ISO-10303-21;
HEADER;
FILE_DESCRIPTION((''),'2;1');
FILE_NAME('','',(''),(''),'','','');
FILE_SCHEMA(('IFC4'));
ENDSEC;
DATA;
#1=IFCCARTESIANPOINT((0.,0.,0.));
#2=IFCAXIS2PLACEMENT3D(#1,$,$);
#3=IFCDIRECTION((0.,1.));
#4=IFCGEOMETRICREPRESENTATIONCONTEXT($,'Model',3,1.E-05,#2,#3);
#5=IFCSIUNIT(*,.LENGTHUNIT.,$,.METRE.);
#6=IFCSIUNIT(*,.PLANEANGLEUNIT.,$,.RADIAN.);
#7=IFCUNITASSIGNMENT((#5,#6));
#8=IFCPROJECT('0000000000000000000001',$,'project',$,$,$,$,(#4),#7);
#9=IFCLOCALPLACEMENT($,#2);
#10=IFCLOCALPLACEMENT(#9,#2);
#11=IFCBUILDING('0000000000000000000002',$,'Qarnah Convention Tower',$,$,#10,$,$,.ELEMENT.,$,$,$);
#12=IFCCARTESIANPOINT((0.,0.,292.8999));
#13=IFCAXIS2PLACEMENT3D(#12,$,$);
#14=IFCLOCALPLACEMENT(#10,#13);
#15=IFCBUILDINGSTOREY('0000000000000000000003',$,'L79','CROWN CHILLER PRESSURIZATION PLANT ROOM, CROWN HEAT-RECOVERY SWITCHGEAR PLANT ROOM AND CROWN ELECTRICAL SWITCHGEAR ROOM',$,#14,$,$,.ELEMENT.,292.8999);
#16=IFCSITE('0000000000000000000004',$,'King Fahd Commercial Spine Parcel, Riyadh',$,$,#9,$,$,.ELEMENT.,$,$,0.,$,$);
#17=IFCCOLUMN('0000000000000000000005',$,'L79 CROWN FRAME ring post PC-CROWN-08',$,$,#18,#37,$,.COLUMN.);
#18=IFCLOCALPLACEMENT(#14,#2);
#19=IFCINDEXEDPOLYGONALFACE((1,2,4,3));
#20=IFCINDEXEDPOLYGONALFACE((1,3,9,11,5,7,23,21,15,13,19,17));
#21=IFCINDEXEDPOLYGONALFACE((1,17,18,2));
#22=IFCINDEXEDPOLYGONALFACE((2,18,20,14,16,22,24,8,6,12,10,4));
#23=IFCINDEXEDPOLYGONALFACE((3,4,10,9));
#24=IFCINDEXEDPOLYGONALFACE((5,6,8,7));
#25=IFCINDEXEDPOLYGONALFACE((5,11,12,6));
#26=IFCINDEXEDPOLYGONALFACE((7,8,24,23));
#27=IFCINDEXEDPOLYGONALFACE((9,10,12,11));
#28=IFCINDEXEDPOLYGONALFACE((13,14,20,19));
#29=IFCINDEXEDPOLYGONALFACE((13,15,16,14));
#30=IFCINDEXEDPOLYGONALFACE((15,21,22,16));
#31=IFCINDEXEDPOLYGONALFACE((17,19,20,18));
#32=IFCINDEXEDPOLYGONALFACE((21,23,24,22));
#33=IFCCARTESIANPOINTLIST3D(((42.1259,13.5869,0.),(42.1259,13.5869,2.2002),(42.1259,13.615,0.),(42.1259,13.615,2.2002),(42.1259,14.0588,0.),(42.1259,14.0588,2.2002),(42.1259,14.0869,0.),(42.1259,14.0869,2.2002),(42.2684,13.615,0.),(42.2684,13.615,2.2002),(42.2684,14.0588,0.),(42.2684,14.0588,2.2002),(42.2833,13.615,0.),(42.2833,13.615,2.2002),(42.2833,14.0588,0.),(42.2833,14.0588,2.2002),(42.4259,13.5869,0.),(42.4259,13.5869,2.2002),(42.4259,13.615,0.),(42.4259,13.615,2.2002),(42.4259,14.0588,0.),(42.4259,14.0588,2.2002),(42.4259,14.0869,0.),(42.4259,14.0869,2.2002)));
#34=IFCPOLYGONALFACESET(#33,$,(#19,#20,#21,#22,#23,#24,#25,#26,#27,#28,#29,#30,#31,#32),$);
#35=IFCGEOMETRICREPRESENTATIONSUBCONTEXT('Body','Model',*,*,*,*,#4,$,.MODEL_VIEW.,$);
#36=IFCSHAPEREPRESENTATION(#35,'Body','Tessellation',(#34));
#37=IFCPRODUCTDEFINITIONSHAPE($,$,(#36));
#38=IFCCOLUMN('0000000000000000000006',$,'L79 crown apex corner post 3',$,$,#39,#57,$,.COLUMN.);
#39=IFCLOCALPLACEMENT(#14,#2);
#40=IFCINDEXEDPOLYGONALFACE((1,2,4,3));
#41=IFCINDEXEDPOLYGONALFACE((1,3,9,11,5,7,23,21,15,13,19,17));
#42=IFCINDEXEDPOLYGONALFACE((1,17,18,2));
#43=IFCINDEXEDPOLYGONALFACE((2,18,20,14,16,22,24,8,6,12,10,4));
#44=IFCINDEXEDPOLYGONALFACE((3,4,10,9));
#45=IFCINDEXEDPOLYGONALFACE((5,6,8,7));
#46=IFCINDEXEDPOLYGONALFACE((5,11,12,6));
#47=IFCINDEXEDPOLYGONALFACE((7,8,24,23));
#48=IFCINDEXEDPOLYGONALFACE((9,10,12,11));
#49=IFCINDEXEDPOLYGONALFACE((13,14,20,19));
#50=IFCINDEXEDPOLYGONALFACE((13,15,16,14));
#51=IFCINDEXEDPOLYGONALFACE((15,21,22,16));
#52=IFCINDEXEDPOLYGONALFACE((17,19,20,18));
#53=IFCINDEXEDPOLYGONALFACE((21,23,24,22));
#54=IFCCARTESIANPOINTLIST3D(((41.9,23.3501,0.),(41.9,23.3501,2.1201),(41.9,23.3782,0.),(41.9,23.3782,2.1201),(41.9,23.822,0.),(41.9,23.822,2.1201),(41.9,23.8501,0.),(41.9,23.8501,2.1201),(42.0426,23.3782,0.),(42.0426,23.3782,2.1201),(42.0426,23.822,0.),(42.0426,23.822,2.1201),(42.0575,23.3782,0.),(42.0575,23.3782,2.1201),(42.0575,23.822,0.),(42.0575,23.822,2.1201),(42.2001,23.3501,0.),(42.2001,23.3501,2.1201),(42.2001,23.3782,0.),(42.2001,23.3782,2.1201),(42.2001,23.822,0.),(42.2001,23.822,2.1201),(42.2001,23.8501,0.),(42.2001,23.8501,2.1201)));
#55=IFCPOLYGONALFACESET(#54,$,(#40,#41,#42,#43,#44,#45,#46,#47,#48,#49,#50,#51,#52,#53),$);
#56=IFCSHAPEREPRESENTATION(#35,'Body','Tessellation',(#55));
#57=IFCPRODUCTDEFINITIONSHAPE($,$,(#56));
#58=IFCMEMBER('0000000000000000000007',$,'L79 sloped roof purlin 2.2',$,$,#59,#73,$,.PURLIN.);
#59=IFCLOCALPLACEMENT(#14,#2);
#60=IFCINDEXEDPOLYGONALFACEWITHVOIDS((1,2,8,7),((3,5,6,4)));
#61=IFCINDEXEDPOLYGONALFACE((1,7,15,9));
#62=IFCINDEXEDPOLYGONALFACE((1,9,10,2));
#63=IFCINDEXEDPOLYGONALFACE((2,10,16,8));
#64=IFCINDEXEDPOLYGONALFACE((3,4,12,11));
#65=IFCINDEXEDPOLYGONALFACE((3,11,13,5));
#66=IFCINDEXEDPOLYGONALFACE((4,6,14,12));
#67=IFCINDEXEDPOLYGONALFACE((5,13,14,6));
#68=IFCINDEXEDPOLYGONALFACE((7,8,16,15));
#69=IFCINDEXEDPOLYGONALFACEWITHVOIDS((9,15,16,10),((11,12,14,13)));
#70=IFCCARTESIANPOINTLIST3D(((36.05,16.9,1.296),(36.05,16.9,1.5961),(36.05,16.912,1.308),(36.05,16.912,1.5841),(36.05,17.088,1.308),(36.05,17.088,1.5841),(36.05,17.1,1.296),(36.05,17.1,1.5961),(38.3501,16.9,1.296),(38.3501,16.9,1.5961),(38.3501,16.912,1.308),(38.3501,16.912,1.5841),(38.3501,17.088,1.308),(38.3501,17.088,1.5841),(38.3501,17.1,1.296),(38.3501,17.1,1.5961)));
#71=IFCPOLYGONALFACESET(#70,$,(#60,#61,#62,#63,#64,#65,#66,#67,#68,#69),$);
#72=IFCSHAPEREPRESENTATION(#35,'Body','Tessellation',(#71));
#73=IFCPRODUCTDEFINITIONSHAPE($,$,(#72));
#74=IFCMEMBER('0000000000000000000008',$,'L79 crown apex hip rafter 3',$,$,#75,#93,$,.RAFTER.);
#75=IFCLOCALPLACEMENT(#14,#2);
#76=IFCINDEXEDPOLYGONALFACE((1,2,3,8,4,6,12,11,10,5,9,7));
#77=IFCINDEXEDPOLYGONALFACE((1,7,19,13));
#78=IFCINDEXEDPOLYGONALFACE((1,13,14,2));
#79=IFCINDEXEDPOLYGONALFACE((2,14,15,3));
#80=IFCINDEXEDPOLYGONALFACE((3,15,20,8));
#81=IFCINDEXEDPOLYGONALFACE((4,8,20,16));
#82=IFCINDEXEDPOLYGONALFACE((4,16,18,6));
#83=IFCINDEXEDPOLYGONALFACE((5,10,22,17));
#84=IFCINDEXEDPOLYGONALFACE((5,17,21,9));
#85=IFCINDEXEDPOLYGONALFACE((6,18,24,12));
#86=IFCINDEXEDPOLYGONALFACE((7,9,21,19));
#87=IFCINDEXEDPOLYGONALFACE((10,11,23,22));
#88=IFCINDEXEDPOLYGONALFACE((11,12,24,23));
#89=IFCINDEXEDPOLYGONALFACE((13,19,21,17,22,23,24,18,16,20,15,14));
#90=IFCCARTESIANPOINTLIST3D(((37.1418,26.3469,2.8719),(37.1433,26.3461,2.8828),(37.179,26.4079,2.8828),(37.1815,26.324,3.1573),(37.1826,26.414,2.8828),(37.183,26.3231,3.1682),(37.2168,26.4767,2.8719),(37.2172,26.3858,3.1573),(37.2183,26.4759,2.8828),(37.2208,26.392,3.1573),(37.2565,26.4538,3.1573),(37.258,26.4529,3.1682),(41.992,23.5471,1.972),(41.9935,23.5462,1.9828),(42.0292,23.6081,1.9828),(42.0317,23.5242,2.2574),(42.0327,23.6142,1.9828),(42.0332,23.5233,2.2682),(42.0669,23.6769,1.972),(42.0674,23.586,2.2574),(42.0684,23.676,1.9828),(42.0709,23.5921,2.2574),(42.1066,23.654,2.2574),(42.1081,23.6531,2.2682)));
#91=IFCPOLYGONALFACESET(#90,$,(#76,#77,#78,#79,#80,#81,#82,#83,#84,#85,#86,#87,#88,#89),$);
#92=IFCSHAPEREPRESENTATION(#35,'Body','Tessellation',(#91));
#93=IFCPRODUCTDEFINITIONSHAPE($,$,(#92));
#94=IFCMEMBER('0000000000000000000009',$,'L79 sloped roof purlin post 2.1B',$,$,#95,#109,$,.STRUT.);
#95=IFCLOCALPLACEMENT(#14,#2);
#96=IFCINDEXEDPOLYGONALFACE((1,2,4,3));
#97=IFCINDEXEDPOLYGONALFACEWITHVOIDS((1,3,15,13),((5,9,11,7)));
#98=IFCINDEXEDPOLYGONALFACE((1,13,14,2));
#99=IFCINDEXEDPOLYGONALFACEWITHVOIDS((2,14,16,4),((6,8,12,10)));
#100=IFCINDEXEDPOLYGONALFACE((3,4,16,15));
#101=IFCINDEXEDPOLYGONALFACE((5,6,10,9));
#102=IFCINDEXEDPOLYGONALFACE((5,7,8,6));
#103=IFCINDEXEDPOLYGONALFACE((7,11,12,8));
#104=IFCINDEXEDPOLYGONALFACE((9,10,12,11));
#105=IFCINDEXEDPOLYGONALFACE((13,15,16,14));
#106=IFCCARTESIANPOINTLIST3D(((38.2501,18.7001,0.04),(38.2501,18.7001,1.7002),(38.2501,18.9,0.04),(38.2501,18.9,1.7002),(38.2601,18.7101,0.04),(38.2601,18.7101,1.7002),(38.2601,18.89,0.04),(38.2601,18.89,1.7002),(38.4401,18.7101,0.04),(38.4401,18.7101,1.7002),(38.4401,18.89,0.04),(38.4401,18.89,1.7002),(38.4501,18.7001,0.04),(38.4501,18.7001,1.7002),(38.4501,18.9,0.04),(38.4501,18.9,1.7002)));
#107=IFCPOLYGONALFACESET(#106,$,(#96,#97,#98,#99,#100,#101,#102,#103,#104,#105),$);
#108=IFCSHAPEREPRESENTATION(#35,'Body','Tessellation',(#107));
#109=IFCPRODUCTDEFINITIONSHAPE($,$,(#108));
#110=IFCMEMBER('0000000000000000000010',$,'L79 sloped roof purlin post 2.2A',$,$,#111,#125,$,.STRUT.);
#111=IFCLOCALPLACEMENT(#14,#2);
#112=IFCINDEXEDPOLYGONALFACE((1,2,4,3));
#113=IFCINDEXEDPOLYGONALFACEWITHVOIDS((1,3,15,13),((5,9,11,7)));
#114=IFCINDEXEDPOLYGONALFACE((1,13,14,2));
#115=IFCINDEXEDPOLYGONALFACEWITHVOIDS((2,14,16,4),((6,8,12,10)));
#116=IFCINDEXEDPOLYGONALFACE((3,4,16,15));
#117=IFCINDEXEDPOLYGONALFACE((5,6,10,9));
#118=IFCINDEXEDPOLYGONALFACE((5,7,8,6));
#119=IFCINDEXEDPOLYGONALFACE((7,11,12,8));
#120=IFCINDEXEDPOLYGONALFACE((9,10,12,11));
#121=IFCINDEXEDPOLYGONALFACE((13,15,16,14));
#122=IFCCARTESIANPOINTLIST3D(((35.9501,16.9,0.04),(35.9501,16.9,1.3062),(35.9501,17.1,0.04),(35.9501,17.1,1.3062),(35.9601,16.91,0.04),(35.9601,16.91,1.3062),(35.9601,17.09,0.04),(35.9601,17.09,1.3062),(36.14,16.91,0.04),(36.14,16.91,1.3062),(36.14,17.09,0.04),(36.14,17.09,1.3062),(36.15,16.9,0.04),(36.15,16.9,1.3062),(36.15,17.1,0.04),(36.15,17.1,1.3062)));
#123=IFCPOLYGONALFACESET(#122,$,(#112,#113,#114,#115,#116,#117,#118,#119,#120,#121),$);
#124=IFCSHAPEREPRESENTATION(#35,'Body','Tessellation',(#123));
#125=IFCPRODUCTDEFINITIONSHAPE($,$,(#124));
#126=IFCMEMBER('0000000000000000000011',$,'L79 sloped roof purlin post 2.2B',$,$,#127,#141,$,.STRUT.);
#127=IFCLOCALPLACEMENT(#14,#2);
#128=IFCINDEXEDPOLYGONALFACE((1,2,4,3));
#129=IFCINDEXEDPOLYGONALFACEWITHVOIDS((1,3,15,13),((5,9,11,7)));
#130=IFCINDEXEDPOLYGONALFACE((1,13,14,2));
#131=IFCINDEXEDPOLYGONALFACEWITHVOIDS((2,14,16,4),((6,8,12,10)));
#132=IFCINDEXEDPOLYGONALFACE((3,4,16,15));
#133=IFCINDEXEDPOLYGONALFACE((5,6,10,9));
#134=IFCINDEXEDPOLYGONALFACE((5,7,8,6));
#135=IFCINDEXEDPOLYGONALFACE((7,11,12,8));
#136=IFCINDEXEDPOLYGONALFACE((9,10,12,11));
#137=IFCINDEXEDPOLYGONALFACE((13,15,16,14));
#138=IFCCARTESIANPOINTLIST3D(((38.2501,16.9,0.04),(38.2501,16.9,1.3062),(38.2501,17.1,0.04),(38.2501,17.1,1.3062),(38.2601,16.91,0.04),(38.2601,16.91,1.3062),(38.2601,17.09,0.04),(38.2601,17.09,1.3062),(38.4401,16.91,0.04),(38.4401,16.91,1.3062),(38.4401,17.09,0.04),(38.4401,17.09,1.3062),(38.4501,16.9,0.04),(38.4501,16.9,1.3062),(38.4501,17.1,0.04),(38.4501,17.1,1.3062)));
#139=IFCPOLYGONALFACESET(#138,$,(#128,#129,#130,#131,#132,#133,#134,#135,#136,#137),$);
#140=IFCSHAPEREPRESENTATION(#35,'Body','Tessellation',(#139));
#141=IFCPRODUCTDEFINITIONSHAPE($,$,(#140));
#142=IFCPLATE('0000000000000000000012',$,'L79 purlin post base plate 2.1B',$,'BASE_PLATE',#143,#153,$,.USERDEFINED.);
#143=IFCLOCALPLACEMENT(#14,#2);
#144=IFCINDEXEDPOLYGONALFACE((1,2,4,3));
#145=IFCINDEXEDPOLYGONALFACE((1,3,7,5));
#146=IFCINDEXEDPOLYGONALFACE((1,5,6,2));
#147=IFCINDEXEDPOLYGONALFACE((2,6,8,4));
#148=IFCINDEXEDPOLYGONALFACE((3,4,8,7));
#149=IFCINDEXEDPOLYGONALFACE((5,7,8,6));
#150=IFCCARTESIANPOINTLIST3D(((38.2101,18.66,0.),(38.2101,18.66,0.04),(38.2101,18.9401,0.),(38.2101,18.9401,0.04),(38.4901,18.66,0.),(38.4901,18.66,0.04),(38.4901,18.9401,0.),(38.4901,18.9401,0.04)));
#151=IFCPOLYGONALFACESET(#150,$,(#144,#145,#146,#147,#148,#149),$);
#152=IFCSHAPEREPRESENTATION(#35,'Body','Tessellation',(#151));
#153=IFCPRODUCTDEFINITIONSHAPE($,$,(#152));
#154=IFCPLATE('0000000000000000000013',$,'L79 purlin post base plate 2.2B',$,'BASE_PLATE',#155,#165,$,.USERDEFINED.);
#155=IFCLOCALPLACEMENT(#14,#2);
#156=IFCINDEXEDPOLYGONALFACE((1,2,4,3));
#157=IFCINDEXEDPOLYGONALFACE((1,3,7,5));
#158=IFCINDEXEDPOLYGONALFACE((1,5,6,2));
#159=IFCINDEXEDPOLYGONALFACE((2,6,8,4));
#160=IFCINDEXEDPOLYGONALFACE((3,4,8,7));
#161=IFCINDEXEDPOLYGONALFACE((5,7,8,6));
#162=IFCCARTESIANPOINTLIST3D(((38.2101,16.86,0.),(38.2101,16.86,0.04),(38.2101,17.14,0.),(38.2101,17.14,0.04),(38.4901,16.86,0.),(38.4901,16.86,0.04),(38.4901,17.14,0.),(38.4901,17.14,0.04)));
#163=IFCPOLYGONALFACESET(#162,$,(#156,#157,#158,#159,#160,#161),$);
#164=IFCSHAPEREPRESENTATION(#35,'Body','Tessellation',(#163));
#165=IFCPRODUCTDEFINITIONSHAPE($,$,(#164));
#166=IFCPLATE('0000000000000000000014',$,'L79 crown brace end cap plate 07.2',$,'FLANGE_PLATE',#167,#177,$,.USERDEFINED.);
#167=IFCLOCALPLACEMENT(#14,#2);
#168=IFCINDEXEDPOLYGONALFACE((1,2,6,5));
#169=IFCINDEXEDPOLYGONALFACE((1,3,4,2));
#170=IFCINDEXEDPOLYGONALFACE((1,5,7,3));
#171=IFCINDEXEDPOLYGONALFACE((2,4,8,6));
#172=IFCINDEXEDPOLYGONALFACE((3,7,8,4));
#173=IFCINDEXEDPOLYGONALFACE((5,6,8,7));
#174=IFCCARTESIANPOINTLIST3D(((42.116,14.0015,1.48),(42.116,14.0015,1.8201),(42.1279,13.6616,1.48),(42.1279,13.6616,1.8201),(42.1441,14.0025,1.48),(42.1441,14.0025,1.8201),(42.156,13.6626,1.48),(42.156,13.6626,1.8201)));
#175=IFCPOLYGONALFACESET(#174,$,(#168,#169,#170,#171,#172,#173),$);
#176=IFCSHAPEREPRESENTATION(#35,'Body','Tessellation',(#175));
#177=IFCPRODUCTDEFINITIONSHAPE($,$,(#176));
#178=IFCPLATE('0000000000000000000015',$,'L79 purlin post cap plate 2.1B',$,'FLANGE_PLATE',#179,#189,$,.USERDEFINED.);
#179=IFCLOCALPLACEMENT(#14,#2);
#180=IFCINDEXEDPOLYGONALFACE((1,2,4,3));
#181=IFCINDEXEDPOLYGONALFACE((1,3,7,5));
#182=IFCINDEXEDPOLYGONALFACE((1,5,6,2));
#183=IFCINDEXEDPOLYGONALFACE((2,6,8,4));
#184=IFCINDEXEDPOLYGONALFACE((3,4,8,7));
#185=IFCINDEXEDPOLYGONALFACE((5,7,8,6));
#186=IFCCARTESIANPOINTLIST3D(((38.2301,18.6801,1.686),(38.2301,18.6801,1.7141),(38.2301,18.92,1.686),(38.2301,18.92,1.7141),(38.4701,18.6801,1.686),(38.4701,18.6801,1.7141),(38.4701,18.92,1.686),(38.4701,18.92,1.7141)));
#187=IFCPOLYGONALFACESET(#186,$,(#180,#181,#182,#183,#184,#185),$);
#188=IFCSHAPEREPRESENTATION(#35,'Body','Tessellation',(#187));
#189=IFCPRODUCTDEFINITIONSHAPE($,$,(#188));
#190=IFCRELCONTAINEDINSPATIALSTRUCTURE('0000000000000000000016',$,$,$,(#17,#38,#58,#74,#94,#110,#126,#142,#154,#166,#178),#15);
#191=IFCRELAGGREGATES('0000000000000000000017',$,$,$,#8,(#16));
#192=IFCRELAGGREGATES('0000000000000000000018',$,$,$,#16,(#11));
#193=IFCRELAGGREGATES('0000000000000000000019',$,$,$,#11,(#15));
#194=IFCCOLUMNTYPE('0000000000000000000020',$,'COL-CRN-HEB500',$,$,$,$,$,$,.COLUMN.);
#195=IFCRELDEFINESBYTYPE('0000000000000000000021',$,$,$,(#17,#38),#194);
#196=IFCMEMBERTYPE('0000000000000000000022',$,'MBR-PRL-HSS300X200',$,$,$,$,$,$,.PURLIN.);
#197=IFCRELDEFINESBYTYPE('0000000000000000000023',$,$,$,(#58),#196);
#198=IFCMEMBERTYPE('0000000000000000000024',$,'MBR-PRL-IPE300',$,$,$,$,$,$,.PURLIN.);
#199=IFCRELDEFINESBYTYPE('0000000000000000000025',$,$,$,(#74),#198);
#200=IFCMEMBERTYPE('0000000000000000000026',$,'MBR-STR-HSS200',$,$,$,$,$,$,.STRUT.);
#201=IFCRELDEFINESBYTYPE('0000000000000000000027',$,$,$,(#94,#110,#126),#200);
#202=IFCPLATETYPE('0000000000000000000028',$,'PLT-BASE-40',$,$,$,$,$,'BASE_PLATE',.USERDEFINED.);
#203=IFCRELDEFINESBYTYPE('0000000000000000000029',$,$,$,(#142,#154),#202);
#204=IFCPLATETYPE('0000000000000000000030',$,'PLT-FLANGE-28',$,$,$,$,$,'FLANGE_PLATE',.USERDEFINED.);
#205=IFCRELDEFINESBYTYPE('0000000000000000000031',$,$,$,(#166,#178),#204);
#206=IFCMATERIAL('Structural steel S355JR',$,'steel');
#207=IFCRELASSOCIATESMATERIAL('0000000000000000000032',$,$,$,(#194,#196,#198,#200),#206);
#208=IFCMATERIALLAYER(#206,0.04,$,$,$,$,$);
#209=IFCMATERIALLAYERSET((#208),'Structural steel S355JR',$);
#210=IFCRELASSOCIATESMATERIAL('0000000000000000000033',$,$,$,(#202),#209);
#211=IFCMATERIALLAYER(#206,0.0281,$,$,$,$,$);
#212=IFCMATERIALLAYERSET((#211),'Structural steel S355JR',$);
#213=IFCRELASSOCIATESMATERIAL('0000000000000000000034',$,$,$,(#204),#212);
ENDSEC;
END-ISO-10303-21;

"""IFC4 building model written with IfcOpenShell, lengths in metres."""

from ifc_helpers import new_model, si_unit, direction, frame, origin, origin_2d, place, context, subcontext, project, spatial, rectangle, hollow_rectangle, i_section, extrude, material, layer, layer_set, material_profile, profile_set, type_object, element, save


model = new_model("IFC4")

# Units and contexts
model_context = context("Model", 3, precision=1e-05, world=origin(), true_north=direction((0.0, 1.0)))
body_context = subcontext(model_context, "Body", "Model", "MODEL_VIEW")
ifc_project = project(units=[si_unit("LENGTHUNIT", "METRE"), si_unit("PLANEANGLEUNIT", "RADIAN")], contexts=[model_context])

# Site, building, storey
site_placement = place(None, origin())
site = spatial("IfcSite", under=ifc_project, at=site_placement, Name="King Fahd Commercial Spine Parcel, Riyadh", CompositionType="ELEMENT", RefElevation=0.0)
building_placement = place(site_placement, origin())
building = spatial("IfcBuilding", under=site, at=building_placement, Name="Qarnah Convention Tower", CompositionType="ELEMENT")
storey_placement = place(building_placement, frame((0.0, 0.0, 292.8999)))
storey = spatial("IfcBuildingStorey", under=building, at=storey_placement, Name="L79", Description="CROWN CHILLER PRESSURIZATION PLANT ROOM, CROWN HEAT-RECOVERY SWITCHGEAR PLANT ROOM AND CROWN ELECTRICAL SWITCHGEAR ROOM", CompositionType="ELEMENT", Elevation=292.8999)

# Columns
ifc_material_1 = material(Name="Structural steel S355JR", Category="steel")
ifc_material_profile_1 = material_profile(ifc_material_1, i_section(OverallWidth=0.3, OverallDepth=0.5, WebThickness=0.0149, FlangeThickness=0.0281, at=origin_2d()), Name="HEB500")
ifc_profile_set_1 = profile_set([ifc_material_profile_1], Name="Structural steel S355JR")
column_type = type_object("IfcColumnType", Name="COL-CRN-HEB500", PredefinedType="COLUMN", material=ifc_profile_set_1)
column_1_placement = place(storey_placement, frame((42.2759, 13.8369, 0.0), z_axis=(0.0, 0.0, 1.0), x_axis=(1.0, 0.0, 0.0)))
element("IfcColumn", 1, at=column_1_placement, inside=storey, type_object=column_type, Name="L79 CROWN FRAME ring post PC-CROWN-08", PredefinedType="COLUMN", context=body_context, shape_type="SweptSolid", body=[
    extrude(i_section(OverallWidth=0.3, OverallDepth=0.5, WebThickness=0.0149, FlangeThickness=0.0281, at=origin_2d()), origin(), (0.0, 0.0, 1.0), 2.2002),
])
column_2_placement = place(storey_placement, frame((42.05, 23.6001, 0.0), z_axis=(0.0, 0.0, 1.0), x_axis=(1.0, 0.0, 0.0)))
element("IfcColumn", 2, at=column_2_placement, inside=storey, type_object=column_type, Name="L79 crown apex corner post 3", PredefinedType="COLUMN", context=body_context, shape_type="SweptSolid", body=[
    extrude(i_section(OverallWidth=0.3, OverallDepth=0.5, WebThickness=0.0149, FlangeThickness=0.0281, at=origin_2d()), origin(), (0.0, 0.0, 1.0), 2.1201),
])

# Members
ifc_material_profile_2 = material_profile(ifc_material_1, hollow_rectangle(XDim=0.2, YDim=0.3, WallThickness=0.012, at=origin_2d()), Name="HSS300X200X12")
ifc_profile_set_2 = profile_set([ifc_material_profile_2], Name="Structural steel S355JR")
member_type_1 = type_object("IfcMemberType", Name="MBR-PRL-HSS300X200", PredefinedType="PURLIN", material=ifc_profile_set_2)
member_1_placement = place(storey_placement, frame((36.05, 17.0, 1.446), z_axis=(1.0, 0.0, 0.0), x_axis=(0.0, 1.0, 0.0)))
element("IfcMember", 3, at=member_1_placement, inside=storey, type_object=member_type_1, Name="L79 sloped roof purlin 2.2", PredefinedType="PURLIN", context=body_context, shape_type="SweptSolid", body=[
    extrude(hollow_rectangle(XDim=0.2, YDim=0.3, WallThickness=0.012, at=origin_2d()), origin(), (0.0, 0.0, 1.0), 2.3),
])
ifc_material_profile_3 = material_profile(ifc_material_1, i_section(OverallWidth=0.1499, OverallDepth=0.3, WebThickness=0.0071, FlangeThickness=0.011, at=origin_2d()), Name="IPE300")
ifc_profile_set_3 = profile_set([ifc_material_profile_3], Name="Structural steel S355JR")
member_type_2 = type_object("IfcMemberType", Name="MBR-PRL-IPE300", PredefinedType="PURLIN", material=ifc_profile_set_3)
member_2_placement = place(storey_placement, frame((42.05, 23.6001, 2.1201), z_axis=(-0.855087, 0.493614, 0.158656), x_axis=(-0.499946, -0.866056, 0.0)))
element("IfcMember", 4, at=member_2_placement, inside=storey, type_object=member_type_2, Name="L79 crown apex hip rafter 3", PredefinedType="RAFTER", context=body_context, shape_type="SweptSolid", body=[
    extrude(i_section(OverallWidth=0.1499, OverallDepth=0.3, WebThickness=0.0071, FlangeThickness=0.011, at=origin_2d()), origin(), (0.0, 0.0, 1.0), 5.6721),
])
ifc_material_profile_4 = material_profile(ifc_material_1, hollow_rectangle(XDim=0.2, YDim=0.2, WallThickness=0.01, at=origin_2d()), Name="HSS200X200X10")
ifc_profile_set_4 = profile_set([ifc_material_profile_4], Name="Structural steel S355JR")
member_type_3 = type_object("IfcMemberType", Name="MBR-STR-HSS200", PredefinedType="STRUT", material=ifc_profile_set_4)
member_3_placement = place(storey_placement, frame((38.3501, 18.8, 0.04), z_axis=(0.0, 0.0, 1.0), x_axis=(1.0, 0.0, 0.0)))
element("IfcMember", 5, at=member_3_placement, inside=storey, type_object=member_type_3, Name="L79 sloped roof purlin post 2.1B", PredefinedType="STRUT", context=body_context, shape_type="SweptSolid", body=[
    extrude(hollow_rectangle(XDim=0.2, YDim=0.2, WallThickness=0.01, at=origin_2d()), origin(), (0.0, 0.0, 1.0), 1.6602),
])
for number, where, z_axis, x_axis, name in (
    (6, (36.05, 17.0, 0.04), (0.0, 0.0, 1.0), (1.0, 0.0, 0.0), "L79 sloped roof purlin post 2.2A"),
    (7, (38.3501, 17.0, 0.04), (0.0, 0.0, 1.0), (1.0, 0.0, 0.0), "L79 sloped roof purlin post 2.2B"),
):
    element("IfcMember", number, at=place(storey_placement, frame(where, z_axis=z_axis, x_axis=x_axis)), inside=storey, type_object=member_type_3, Name=name, PredefinedType="STRUT", context=body_context, shape_type="SweptSolid", body=[
        extrude(hollow_rectangle(XDim=0.2, YDim=0.2, WallThickness=0.01, at=origin_2d()), origin(), (0.0, 0.0, 1.0), 1.2661),
    ])

# Plates
ifc_layer_1 = layer(ifc_material_1, 0.04)
ifc_layer_set_1 = layer_set([ifc_layer_1], Name="Structural steel S355JR")
plate_type_1 = type_object("IfcPlateType", Name="PLT-BASE-40", ElementType="BASE_PLATE", PredefinedType="USERDEFINED", material=ifc_layer_set_1)
for number, where, z_axis, x_axis, name in (
    (8, (38.3501, 18.8, 0.0), (0.0, 0.0, 1.0), (1.0, 0.0, 0.0), "L79 purlin post base plate 2.1B"),
    (9, (38.3501, 17.0, 0.0), (0.0, 0.0, 1.0), (1.0, 0.0, 0.0), "L79 purlin post base plate 2.2B"),
):
    element("IfcPlate", number, at=place(storey_placement, frame(where, z_axis=z_axis, x_axis=x_axis)), inside=storey, type_object=plate_type_1, Name=name, ObjectType="BASE_PLATE", PredefinedType="USERDEFINED", context=body_context, shape_type="SweptSolid", body=[
        extrude(rectangle(XDim=0.28, YDim=0.28, at=origin_2d()), origin(), (0.0, 0.0, 1.0), 0.04),
    ])
ifc_layer_2 = layer(ifc_material_1, 0.0281)
ifc_layer_set_2 = layer_set([ifc_layer_2], Name="Structural steel S355JR")
plate_type_2 = type_object("IfcPlateType", Name="PLT-FLANGE-28", ElementType="FLANGE_PLATE", PredefinedType="USERDEFINED", material=ifc_layer_set_2)
plate_1_placement = place(storey_placement, frame((42.136, 13.832, 1.48), z_axis=(0.0, 0.0, 1.0), x_axis=(0.99939, 0.034934, 0.0)))
element("IfcPlate", 10, at=plate_1_placement, inside=storey, type_object=plate_type_2, Name="L79 crown brace end cap plate 07.2", ObjectType="FLANGE_PLATE", PredefinedType="USERDEFINED", context=body_context, shape_type="SweptSolid", body=[
    extrude(rectangle(XDim=0.0281, YDim=0.3401, at=origin_2d()), origin(), (0.0, 0.0, 1.0), 0.3401),
])
for number, where, z_axis, x_axis, name in (
    (11, (38.3501, 18.8, 1.686), (0.0, 0.0, 1.0), (1.0, 0.0, 0.0), "L79 purlin post cap plate 2.1B"),
):
    element("IfcPlate", number, at=place(storey_placement, frame(where, z_axis=z_axis, x_axis=x_axis)), inside=storey, type_object=plate_type_2, Name=name, ObjectType="FLANGE_PLATE", PredefinedType="USERDEFINED", context=body_context, shape_type="SweptSolid", body=[
        extrude(rectangle(XDim=0.24, YDim=0.24, at=origin_2d()), origin(), (0.0, 0.0, 1.0), 0.0281),
    ])

save(model, "model.ifc")
